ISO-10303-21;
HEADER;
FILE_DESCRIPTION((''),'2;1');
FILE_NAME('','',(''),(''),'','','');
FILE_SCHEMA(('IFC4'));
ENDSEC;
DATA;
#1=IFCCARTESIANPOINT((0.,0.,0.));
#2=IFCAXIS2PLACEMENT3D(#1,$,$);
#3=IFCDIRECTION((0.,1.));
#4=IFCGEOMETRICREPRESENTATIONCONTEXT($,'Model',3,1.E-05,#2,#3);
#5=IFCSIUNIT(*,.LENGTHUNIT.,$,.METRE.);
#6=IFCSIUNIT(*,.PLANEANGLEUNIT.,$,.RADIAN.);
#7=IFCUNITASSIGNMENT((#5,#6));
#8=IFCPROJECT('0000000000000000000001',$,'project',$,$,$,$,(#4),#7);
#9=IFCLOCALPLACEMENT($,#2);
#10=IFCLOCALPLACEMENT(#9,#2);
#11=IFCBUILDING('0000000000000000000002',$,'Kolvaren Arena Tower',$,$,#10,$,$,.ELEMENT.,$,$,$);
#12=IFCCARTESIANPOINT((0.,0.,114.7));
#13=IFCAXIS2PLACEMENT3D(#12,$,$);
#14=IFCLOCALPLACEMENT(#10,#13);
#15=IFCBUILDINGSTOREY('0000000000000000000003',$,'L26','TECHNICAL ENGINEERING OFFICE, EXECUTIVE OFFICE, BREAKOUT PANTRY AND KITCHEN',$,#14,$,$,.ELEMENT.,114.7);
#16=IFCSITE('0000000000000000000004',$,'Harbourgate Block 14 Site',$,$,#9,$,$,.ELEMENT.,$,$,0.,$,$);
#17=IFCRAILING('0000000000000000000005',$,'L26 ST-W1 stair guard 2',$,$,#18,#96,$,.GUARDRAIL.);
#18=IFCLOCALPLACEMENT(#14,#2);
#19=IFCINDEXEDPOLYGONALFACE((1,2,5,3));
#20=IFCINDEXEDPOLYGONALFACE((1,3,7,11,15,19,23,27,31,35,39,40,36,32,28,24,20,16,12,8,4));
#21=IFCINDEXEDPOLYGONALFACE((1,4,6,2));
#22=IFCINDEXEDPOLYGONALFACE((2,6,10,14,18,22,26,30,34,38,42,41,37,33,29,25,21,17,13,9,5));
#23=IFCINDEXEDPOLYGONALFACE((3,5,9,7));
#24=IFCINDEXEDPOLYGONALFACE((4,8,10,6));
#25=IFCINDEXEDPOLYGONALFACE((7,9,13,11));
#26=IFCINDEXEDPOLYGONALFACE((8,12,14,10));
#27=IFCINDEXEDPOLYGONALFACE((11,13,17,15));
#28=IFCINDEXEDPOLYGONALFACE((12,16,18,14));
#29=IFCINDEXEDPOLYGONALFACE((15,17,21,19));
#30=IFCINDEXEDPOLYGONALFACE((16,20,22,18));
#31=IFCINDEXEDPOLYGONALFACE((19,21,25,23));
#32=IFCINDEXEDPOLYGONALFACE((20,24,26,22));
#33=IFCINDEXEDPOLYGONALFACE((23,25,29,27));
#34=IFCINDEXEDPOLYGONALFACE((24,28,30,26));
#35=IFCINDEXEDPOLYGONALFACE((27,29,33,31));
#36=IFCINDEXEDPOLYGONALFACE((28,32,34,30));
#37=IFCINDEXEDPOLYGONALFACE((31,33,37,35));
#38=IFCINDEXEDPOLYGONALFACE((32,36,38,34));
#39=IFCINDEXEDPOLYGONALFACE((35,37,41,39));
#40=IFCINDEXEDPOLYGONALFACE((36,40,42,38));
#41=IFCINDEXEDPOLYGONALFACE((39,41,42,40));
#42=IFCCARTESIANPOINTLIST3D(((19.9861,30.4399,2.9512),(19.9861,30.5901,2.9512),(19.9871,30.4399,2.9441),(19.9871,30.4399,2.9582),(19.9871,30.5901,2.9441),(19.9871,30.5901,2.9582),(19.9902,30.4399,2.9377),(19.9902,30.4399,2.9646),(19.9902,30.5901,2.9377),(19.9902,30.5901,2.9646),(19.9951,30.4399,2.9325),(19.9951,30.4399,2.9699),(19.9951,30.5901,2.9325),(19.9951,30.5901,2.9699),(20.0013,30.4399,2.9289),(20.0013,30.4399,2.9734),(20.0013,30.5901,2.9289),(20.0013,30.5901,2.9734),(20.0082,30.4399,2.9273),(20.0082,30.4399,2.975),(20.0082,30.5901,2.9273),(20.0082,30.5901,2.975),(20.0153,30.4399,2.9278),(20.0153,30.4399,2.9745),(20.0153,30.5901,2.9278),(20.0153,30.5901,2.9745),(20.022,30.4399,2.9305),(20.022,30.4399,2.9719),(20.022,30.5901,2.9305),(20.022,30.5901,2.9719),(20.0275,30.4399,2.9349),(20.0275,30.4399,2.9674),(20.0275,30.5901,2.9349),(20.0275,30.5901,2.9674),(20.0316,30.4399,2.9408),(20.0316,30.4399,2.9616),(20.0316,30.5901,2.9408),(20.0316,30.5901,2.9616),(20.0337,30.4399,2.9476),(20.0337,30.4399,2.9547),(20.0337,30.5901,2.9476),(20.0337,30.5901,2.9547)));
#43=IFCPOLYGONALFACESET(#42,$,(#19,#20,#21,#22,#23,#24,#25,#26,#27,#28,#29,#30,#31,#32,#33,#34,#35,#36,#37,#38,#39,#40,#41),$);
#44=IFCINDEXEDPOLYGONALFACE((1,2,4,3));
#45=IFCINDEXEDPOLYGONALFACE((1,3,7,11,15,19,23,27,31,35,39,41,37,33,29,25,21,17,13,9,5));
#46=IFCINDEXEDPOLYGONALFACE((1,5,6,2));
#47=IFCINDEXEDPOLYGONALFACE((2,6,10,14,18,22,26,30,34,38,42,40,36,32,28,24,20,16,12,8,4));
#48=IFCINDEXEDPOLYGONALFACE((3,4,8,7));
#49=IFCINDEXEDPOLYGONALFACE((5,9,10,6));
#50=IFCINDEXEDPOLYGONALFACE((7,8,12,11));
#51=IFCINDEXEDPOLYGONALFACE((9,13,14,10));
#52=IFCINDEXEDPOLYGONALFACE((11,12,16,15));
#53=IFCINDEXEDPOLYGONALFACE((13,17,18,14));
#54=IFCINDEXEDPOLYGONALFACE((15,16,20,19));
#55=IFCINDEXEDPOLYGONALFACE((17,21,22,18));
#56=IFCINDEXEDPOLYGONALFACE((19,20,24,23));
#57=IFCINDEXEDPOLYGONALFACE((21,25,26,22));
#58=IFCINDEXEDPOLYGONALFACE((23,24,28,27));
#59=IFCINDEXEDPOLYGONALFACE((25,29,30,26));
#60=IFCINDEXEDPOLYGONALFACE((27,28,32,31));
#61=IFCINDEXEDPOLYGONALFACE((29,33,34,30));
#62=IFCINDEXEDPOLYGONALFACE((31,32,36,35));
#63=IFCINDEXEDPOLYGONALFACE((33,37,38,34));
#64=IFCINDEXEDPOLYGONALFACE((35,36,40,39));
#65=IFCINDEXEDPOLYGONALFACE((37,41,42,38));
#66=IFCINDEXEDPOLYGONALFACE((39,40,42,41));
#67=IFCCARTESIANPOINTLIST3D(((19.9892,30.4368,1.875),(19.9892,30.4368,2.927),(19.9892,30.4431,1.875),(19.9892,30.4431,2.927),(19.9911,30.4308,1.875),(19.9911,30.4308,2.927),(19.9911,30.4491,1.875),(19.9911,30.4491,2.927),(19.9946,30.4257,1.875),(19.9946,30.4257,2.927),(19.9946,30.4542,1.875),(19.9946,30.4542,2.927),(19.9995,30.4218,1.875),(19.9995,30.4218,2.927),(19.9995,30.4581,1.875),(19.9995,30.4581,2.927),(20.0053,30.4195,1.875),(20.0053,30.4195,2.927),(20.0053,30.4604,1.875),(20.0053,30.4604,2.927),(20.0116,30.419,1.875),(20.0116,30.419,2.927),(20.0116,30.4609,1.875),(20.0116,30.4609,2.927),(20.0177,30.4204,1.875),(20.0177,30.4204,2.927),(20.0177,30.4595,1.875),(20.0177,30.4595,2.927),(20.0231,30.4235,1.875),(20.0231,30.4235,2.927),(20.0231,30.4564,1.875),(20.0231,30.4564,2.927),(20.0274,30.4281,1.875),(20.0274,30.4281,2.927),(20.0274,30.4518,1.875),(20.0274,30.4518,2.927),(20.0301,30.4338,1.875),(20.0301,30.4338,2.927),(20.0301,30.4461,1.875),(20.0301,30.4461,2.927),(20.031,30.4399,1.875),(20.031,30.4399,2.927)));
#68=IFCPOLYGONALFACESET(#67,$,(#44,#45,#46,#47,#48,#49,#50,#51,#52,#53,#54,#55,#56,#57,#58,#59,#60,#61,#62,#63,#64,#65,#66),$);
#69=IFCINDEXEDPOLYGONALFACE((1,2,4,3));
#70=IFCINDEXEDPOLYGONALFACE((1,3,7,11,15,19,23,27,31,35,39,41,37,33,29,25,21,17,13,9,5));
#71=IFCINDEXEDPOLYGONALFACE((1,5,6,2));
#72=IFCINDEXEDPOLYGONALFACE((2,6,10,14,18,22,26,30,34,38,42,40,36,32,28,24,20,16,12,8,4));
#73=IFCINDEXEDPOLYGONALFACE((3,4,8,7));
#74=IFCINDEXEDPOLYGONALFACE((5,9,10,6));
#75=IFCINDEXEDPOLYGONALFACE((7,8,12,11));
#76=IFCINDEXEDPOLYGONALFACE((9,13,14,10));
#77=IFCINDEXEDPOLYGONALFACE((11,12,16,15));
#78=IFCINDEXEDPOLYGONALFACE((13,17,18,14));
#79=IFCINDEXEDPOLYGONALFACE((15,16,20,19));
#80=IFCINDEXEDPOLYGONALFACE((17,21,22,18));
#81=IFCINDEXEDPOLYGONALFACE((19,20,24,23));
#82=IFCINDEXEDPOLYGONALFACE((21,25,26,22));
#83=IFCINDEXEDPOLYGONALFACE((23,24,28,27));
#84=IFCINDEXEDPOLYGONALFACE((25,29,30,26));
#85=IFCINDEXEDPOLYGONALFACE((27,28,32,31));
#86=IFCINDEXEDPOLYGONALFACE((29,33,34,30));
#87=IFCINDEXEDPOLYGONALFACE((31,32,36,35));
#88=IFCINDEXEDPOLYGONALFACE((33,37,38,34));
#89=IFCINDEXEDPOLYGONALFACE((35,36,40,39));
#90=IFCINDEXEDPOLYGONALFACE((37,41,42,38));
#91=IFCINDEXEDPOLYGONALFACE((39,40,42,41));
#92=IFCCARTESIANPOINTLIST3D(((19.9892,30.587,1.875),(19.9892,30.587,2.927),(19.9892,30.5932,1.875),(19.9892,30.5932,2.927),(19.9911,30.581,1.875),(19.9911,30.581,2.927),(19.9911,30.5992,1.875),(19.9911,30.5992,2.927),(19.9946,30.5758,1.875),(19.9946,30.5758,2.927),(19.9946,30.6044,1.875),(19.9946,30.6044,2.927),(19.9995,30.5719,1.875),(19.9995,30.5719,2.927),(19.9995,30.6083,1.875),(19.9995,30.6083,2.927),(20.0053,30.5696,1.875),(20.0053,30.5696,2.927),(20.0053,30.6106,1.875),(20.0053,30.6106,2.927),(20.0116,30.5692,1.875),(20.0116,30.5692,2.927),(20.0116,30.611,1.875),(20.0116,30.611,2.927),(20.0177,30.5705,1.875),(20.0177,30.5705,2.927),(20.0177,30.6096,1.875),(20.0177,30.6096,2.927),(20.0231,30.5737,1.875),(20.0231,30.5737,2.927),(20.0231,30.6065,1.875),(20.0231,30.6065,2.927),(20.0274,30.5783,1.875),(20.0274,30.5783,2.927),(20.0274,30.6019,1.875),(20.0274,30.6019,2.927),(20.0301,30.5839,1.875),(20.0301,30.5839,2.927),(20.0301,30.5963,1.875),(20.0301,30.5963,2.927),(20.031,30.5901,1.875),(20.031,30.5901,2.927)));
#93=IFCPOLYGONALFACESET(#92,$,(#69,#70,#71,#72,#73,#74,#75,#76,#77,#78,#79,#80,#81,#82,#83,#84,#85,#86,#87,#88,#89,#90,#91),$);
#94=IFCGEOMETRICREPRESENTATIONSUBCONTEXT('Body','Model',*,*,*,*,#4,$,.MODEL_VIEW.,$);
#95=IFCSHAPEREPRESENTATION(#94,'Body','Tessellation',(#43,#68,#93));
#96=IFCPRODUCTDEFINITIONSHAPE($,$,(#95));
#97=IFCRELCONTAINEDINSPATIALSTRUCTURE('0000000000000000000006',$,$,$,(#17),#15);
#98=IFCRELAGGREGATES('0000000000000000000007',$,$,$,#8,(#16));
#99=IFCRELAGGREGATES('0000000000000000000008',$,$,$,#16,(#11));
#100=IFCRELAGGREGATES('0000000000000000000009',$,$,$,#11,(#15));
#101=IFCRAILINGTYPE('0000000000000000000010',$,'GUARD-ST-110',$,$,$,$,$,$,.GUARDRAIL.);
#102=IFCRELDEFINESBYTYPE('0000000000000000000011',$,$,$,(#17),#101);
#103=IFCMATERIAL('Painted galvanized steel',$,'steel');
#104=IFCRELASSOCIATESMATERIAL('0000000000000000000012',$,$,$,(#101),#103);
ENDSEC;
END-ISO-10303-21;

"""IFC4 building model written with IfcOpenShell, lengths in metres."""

from ifc_helpers import new_model, si_unit, direction, frame, origin, origin_2d, place, context, subcontext, project, spatial, circle, extrude, material, type_object, element, save


model = new_model("IFC4")

# Units and contexts
model_context = context("Model", 3, precision=1e-05, world=origin(), true_north=direction((0.0, 1.0)))
body_context = subcontext(model_context, "Body", "Model", "MODEL_VIEW")
ifc_project = project(units=[si_unit("LENGTHUNIT", "METRE"), si_unit("PLANEANGLEUNIT", "RADIAN")], contexts=[model_context])

# Site, building, storey
site_placement = place(None, origin())
site = spatial("IfcSite", under=ifc_project, at=site_placement, Name="Harbourgate Block 14 Site", CompositionType="ELEMENT", RefElevation=0.0)
building_placement = place(site_placement, origin())
building = spatial("IfcBuilding", under=site, at=building_placement, Name="Kolvaren Arena Tower", CompositionType="ELEMENT")
storey_placement = place(building_placement, frame((0.0, 0.0, 114.7)))
storey = spatial("IfcBuildingStorey", under=building, at=storey_placement, Name="L26", Description="TECHNICAL ENGINEERING OFFICE, EXECUTIVE OFFICE, BREAKOUT PANTRY AND KITCHEN", CompositionType="ELEMENT", Elevation=114.7)

# Railing
ifc_material_1 = material(Name="Painted galvanized steel", Category="steel")
railing_type_1 = type_object("IfcRailingType", Name="GUARD-ST-110", PredefinedType="GUARDRAIL", material=ifc_material_1)
railing_1_placement = place(storey_placement, frame((20.01, 30.4399, 1.875)))
element("IfcRailing", 1, at=railing_1_placement, inside=storey, type_object=railing_type_1, Name="L26 ST-W1 stair guard 2", PredefinedType="GUARDRAIL", context=body_context, shape_type="SweptSolid", body=[
    extrude(circle(Radius=0.0239, at=origin_2d()), frame((0.0, 0.0, 1.0762), z_axis=(0.0, 1.0, 0.0), x_axis=(-1.0, 0.0, 0.0)), (0.0, 0.0, 1.0), 0.1501),
    extrude(circle(Radius=0.021, at=origin_2d()), origin(), (0.0, 0.0, 1.0), 1.052),
    extrude(circle(Radius=0.021, at=origin_2d()), frame((0.0, 0.1501, 0.0)), (0.0, 0.0, 1.0), 1.052),
])

save(model, "model.ifc")
